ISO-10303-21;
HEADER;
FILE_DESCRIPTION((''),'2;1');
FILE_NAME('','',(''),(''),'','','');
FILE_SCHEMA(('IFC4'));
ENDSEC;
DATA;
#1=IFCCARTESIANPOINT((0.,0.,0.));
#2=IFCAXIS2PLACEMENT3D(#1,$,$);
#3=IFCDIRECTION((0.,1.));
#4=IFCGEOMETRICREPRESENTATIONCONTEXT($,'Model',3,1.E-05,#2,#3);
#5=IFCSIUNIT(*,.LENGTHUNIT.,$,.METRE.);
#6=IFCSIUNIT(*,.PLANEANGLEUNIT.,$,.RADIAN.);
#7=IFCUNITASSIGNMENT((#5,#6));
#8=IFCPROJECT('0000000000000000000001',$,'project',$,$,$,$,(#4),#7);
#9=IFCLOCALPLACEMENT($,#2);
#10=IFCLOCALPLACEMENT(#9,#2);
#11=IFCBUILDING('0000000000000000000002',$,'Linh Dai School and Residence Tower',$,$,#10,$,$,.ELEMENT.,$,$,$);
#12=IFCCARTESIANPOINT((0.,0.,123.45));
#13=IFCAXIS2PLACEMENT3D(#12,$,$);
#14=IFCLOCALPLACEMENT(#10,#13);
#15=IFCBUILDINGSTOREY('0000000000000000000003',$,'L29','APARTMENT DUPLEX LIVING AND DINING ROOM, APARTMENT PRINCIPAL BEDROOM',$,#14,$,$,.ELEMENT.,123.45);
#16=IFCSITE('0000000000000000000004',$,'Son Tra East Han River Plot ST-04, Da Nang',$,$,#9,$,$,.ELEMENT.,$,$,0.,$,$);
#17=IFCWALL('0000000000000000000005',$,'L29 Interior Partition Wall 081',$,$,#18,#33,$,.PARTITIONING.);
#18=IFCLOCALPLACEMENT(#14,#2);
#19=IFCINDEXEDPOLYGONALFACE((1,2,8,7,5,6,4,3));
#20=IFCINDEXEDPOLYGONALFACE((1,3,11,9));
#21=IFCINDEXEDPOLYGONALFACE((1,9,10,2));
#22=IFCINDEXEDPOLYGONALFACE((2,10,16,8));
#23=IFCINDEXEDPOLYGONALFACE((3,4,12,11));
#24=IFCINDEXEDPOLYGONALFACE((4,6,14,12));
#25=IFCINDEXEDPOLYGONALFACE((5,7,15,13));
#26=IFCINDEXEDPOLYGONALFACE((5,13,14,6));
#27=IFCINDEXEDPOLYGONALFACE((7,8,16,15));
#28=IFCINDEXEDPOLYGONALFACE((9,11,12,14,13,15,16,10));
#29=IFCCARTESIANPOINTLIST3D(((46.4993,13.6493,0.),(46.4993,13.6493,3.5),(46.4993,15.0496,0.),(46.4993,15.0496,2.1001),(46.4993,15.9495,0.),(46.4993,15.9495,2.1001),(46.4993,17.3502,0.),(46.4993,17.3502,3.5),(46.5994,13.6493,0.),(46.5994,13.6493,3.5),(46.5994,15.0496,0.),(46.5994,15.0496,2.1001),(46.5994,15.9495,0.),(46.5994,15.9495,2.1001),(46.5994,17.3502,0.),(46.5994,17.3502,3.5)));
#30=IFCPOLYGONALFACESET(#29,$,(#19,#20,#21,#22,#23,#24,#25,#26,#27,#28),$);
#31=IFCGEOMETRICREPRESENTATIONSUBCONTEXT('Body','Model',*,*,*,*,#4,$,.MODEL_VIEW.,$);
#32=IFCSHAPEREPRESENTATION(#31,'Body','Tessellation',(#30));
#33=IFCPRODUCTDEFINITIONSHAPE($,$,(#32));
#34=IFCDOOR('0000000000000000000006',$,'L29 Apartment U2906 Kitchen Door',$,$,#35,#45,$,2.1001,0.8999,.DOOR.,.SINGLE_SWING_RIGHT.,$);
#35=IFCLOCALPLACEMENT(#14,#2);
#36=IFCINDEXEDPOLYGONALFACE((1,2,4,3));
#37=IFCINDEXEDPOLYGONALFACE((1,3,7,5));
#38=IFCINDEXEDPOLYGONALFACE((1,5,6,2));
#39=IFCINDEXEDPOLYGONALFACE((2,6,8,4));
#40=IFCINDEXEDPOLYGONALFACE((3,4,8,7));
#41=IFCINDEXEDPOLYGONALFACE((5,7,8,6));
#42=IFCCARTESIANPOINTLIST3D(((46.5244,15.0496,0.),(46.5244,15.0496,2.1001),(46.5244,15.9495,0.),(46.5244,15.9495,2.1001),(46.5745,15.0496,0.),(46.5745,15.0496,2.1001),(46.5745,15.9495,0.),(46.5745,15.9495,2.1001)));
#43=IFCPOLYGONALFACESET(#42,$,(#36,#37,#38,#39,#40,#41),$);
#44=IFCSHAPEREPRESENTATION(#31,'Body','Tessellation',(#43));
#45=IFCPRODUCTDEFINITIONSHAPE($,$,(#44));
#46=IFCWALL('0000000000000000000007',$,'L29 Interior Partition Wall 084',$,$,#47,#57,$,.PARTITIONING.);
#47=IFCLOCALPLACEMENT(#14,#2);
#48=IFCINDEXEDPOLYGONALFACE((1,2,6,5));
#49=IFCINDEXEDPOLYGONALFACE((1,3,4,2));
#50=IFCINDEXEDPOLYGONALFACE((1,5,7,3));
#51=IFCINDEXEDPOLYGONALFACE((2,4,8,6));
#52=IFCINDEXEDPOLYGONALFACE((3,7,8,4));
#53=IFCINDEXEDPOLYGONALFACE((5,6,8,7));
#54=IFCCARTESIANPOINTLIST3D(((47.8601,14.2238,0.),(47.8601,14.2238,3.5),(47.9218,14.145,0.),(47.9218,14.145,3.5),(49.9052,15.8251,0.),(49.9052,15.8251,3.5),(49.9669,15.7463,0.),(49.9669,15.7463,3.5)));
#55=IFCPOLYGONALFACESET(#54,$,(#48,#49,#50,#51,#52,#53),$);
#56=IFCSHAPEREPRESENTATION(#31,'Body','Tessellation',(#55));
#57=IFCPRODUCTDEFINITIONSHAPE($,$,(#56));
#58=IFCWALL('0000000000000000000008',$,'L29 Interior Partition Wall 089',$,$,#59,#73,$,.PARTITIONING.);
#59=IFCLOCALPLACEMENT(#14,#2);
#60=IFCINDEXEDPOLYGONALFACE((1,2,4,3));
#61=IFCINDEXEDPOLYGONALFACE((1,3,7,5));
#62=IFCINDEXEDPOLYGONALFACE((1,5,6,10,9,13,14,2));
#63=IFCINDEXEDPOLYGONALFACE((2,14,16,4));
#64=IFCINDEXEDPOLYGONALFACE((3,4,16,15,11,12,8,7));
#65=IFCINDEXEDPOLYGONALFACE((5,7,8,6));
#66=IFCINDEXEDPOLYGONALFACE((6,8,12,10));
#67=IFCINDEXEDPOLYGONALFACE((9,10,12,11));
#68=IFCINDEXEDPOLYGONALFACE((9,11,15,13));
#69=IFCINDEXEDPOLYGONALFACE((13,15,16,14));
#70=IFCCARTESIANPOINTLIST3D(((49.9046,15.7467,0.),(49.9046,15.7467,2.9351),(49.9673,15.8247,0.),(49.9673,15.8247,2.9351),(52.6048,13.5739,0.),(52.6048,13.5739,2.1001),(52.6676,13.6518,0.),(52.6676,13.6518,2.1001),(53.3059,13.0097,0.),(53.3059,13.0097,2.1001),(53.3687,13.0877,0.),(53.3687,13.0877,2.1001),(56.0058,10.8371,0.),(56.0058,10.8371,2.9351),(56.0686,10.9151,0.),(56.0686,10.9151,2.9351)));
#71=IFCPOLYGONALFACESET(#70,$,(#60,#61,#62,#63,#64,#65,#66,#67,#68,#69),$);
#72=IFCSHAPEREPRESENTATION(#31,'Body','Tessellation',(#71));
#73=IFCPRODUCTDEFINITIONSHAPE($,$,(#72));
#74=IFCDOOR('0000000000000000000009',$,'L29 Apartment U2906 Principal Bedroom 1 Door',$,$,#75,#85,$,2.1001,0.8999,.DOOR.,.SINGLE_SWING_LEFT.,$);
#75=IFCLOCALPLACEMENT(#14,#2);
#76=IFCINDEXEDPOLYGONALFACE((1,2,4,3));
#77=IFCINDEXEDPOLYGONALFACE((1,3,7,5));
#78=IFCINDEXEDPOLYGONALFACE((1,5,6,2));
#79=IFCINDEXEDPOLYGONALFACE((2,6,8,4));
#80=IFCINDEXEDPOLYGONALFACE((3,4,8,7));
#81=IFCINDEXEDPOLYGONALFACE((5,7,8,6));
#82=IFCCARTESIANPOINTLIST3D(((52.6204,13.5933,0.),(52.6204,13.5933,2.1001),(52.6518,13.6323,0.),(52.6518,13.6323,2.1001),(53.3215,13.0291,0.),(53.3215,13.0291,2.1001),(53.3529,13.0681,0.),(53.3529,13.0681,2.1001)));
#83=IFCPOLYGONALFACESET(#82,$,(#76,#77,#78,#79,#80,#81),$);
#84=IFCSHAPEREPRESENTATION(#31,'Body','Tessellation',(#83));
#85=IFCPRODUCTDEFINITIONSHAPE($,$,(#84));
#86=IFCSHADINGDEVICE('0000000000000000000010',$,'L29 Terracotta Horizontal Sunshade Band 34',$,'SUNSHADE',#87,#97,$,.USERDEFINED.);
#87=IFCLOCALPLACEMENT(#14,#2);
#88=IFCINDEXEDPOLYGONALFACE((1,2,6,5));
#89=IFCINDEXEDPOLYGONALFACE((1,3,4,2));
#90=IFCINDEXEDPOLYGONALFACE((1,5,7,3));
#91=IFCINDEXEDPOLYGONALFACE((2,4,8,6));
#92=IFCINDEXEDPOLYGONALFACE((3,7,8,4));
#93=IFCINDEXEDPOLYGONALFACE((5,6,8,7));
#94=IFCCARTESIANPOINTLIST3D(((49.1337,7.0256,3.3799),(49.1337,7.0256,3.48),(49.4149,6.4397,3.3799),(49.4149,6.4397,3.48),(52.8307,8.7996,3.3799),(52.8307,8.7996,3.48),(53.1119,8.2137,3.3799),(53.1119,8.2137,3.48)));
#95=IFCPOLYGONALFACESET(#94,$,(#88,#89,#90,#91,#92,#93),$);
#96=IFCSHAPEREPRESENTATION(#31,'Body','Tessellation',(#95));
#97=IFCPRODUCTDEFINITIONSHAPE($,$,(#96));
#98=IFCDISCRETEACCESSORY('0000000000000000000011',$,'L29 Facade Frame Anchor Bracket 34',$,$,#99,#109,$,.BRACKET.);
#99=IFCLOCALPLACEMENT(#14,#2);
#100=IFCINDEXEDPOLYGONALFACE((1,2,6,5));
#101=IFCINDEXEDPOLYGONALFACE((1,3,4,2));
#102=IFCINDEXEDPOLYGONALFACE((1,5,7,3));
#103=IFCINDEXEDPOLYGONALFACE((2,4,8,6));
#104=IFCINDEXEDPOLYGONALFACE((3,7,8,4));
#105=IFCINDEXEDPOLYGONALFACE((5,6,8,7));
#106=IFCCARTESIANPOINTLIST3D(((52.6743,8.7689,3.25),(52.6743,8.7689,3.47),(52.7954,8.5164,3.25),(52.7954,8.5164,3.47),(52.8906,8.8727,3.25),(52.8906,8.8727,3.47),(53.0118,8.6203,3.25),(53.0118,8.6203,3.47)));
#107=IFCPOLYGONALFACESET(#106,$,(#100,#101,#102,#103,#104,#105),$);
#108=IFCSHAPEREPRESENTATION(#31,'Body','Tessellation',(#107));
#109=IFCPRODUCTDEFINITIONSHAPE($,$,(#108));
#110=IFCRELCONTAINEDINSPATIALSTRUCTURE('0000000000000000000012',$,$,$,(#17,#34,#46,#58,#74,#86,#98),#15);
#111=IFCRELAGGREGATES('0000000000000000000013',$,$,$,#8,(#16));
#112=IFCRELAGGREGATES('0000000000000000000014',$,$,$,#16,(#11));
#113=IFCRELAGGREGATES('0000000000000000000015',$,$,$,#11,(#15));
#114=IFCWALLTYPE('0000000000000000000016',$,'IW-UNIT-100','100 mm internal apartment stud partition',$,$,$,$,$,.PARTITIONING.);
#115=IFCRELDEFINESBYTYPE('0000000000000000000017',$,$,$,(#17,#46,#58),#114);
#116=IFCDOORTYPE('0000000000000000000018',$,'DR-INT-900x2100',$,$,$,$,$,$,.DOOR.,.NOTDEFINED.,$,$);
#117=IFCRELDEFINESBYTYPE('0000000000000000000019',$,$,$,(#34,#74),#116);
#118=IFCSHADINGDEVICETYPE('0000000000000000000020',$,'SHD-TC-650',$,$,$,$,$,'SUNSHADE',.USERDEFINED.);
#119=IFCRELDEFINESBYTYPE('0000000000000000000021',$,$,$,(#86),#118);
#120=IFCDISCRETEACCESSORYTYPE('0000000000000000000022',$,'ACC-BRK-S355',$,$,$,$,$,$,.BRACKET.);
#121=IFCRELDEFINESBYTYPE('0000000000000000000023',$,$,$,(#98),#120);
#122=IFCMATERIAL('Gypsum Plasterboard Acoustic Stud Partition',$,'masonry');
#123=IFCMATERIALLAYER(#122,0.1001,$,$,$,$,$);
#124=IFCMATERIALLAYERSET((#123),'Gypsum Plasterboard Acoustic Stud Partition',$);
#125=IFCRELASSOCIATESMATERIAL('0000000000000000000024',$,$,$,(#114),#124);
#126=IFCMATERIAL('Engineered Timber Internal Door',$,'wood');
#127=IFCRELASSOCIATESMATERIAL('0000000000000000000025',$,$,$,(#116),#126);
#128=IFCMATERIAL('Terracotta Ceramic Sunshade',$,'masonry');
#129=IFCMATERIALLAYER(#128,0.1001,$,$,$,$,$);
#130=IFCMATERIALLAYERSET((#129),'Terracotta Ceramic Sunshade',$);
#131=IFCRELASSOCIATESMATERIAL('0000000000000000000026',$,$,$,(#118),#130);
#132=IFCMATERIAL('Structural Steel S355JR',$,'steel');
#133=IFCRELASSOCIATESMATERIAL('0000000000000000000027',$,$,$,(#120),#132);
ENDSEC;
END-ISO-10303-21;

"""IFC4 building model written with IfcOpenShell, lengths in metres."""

from ifc_helpers import new_model, si_unit, direction, frame, frame_2d, origin, origin_2d, place, context, subcontext, project, spatial, rectangle, extrude, source, transform, mapped, material, layer, layer_set, type_object, element, fill, save


model = new_model("IFC4")

# Units and contexts
model_context = context("Model", 3, precision=1e-05, world=origin(), true_north=direction((0.0, 1.0)))
body_context = subcontext(model_context, "Body", "Model", "MODEL_VIEW")
ifc_project = project(units=[si_unit("LENGTHUNIT", "METRE"), si_unit("PLANEANGLEUNIT", "RADIAN")], contexts=[model_context])

# Site, building, storey
site_placement = place(None, origin())
site = spatial("IfcSite", under=ifc_project, at=site_placement, Name="Son Tra East Han River Plot ST-04, Da Nang", CompositionType="ELEMENT", RefElevation=0.0)
building_placement = place(site_placement, origin())
building = spatial("IfcBuilding", under=site, at=building_placement, Name="Linh Dai School and Residence Tower", CompositionType="ELEMENT")
storey_placement = place(building_placement, frame((0.0, 0.0, 123.45)))
storey = spatial("IfcBuildingStorey", under=building, at=storey_placement, Name="L29", Description="APARTMENT DUPLEX LIVING AND DINING ROOM, APARTMENT PRINCIPAL BEDROOM", CompositionType="ELEMENT", Elevation=123.45)

# Shared definitions
ifc_material_1 = material(Name="Structural Steel S355JR", Category="steel")

# Wall, opening, door
ifc_material_2 = material(Name="Gypsum Plasterboard Acoustic Stud Partition", Category="masonry")
ifc_layer_1 = layer(ifc_material_2, 0.1001)
ifc_layer_set_1 = layer_set([ifc_layer_1], Name="Gypsum Plasterboard Acoustic Stud Partition")
wall_type_1 = type_object("IfcWallType", Name="IW-UNIT-100", Description="100 mm internal apartment stud partition", PredefinedType="PARTITIONING", material=ifc_layer_set_1)
wall_1_placement = place(storey_placement, frame((46.5493, 13.6492, 0.0), z_axis=(0.0, 0.0, 1.0), x_axis=(0.0, 1.0, 0.0)))
wall_1 = element("IfcWall", 1, at=wall_1_placement, inside=storey, type_object=wall_type_1, Name="L29 Interior Partition Wall 081", PredefinedType="PARTITIONING", context=body_context, shape_type="SweptSolid", body=[
    extrude(rectangle(XDim=3.7009, YDim=0.1001, at=frame_2d((1.8506, 0.0))), origin(), (0.0, 0.0, 1.0), 3.5),
])
opening_1_placement = place(wall_1_placement, frame((1.4004, 0.0, 0.0)))
opening_1 = element("IfcOpeningElement", 2, at=opening_1_placement, cuts=wall_1, PredefinedType="OPENING", context=body_context, shape_type="SweptSolid", body=[
    extrude(rectangle(XDim=0.8999, YDim=2.1001, at=origin_2d()), frame((0.45, 0.0601, 1.05), z_axis=(0.0, -1.0, 0.0), x_axis=(1.0, 0.0, 0.0)), (0.0, 0.0, 1.0), 0.1201),
])
ifc_material_3 = material(Name="Engineered Timber Internal Door", Category="wood")
door_type_1 = type_object("IfcDoorType", Name="DR-INT-900x2100", OperationType="NOTDEFINED", PredefinedType="DOOR", material=ifc_material_3)
shared_shape_1 = source(origin(), body_context, "Body", "SweptSolid", [
    extrude(rectangle(XDim=0.8999, YDim=2.1001, at=origin_2d()), frame((0.45, 0.0249, 1.05), z_axis=(0.0, -1.0, 0.0), x_axis=(1.0, 0.0, 0.0)), (0.0, 0.0, 1.0), 0.05),
])
door_1_placement = place(opening_1_placement, origin())
door_1 = element("IfcDoor", 3, at=door_1_placement, inside=storey, type_object=door_type_1, Name="L29 Apartment U2906 Kitchen Door", OperationType="SINGLE_SWING_RIGHT", OverallHeight=2.1001, OverallWidth=0.8999, PredefinedType="DOOR", context=body_context, shape_type="MappedRepresentation", body=[
    mapped(shared_shape_1, transform((0.0, 0.0, 0.0), x_axis=(1.0, 0.0, 0.0), y_axis=(0.0, 1.0, 0.0), z_axis=(0.0, 0.0, 1.0), scale=1.0)),
])
fill(opening_1, door_1)

# Wall
wall_2_placement = place(storey_placement, frame((47.8909, 14.1843, 0.0), z_axis=(0.0, 0.0, 1.0), x_axis=(0.787364, 0.616488, 0.0)))
element("IfcWall", 4, at=wall_2_placement, inside=storey, type_object=wall_type_1, Name="L29 Interior Partition Wall 084", PredefinedType="PARTITIONING", context=body_context, shape_type="SweptSolid", body=[
    extrude(rectangle(XDim=2.5974, YDim=0.1001, at=frame_2d((1.2988, 0.0))), origin(), (0.0, 0.0, 1.0), 3.5),
])

# Wall, opening, door
wall_3_placement = place(storey_placement, frame((49.936, 15.7856, 0.0), z_axis=(0.0, 0.0, 1.0), x_axis=(0.779083, -0.62692, 0.0)))
wall_3 = element("IfcWall", 5, at=wall_3_placement, inside=storey, type_object=wall_type_1, Name="L29 Interior Partition Wall 089", PredefinedType="PARTITIONING", context=body_context, shape_type="SweptSolid", body=[
    extrude(rectangle(XDim=7.8313, YDim=0.1001, at=frame_2d((3.9155, 0.0))), origin(), (0.0, 0.0, 1.0), 2.9351),
])
opening_2_placement = place(wall_3_placement, frame((3.4658, 0.0, 0.0)))
opening_2 = element("IfcOpeningElement", 6, at=opening_2_placement, cuts=wall_3, PredefinedType="OPENING", context=body_context, shape_type="SweptSolid", body=[
    extrude(rectangle(XDim=0.8999, YDim=2.1001, at=origin_2d()), frame((0.45, 0.0601, 1.05), z_axis=(0.0, -1.0, 0.0), x_axis=(1.0, 0.0, 0.0)), (0.0, 0.0, 1.0), 0.1201),
])
door_2_placement = place(opening_2_placement, origin())
door_2 = element("IfcDoor", 7, at=door_2_placement, inside=storey, type_object=door_type_1, Name="L29 Apartment U2906 Principal Bedroom 1 Door", OperationType="SINGLE_SWING_LEFT", OverallHeight=2.1001, OverallWidth=0.8999, PredefinedType="DOOR", context=body_context, shape_type="MappedRepresentation", body=[
    mapped(shared_shape_1, transform((0.0, 0.0, 0.0), x_axis=(1.0, 0.0, 0.0), y_axis=(0.0, 1.0, 0.0), z_axis=(0.0, 0.0, 1.0), scale=1.0)),
])
fill(opening_2, door_2)

# Shading device
ifc_material_4 = material(Name="Terracotta Ceramic Sunshade", Category="masonry")
ifc_layer_2 = layer(ifc_material_4, 0.1001)
ifc_layer_set_2 = layer_set([ifc_layer_2], Name="Terracotta Ceramic Sunshade")
shading_device_type = type_object("IfcShadingDeviceType", Name="SHD-TC-650", ElementType="SUNSHADE", PredefinedType="USERDEFINED", material=ifc_layer_set_2)
shared_shape_2 = source(origin(), body_context, "Body", "SweptSolid", [
    extrude(rectangle(XDim=4.1006, YDim=0.6499, at=origin_2d()), origin(), (0.0, 0.0, 1.0), 0.1001),
])
shading_device_placement = place(storey_placement, frame((51.1228, 7.6196, 3.3799), z_axis=(0.0, 0.0, 1.0), x_axis=(-0.901578, -0.432618, 0.0)))
element("IfcShadingDevice", 8, at=shading_device_placement, inside=storey, type_object=shading_device_type, Name="L29 Terracotta Horizontal Sunshade Band 34", ObjectType="SUNSHADE", PredefinedType="USERDEFINED", context=body_context, shape_type="MappedRepresentation", body=[
    mapped(shared_shape_2, transform((0.0, 0.0, 0.0), x_axis=(1.0, 0.0, 0.0), y_axis=(0.0, 1.0, 0.0), z_axis=(0.0, 0.0, 1.0), scale=1.0)),
])

# Discrete accessory
discrete_accessory_type = type_object("IfcDiscreteAccessoryType", Name="ACC-BRK-S355", PredefinedType="BRACKET", material=ifc_material_1)
shared_shape_3 = source(origin(), body_context, "Body", "SweptSolid", [
    extrude(rectangle(XDim=0.28, YDim=0.24, at=origin_2d()), origin(), (0.0, 0.0, 1.0), 0.22),
])
discrete_accessory_placement = place(storey_placement, frame((52.843, 8.6946, 3.25), z_axis=(0.0, 0.0, 1.0), x_axis=(0.432618, -0.901578, 0.0)))
element("IfcDiscreteAccessory", 9, at=discrete_accessory_placement, inside=storey, type_object=discrete_accessory_type, Name="L29 Facade Frame Anchor Bracket 34", PredefinedType="BRACKET", context=body_context, shape_type="MappedRepresentation", body=[
    mapped(shared_shape_3, transform((0.0, 0.0, 0.0), x_axis=(1.0, 0.0, 0.0), y_axis=(0.0, 1.0, 0.0), z_axis=(0.0, 0.0, 1.0), scale=1.0)),
])

save(model, "model.ifc")
